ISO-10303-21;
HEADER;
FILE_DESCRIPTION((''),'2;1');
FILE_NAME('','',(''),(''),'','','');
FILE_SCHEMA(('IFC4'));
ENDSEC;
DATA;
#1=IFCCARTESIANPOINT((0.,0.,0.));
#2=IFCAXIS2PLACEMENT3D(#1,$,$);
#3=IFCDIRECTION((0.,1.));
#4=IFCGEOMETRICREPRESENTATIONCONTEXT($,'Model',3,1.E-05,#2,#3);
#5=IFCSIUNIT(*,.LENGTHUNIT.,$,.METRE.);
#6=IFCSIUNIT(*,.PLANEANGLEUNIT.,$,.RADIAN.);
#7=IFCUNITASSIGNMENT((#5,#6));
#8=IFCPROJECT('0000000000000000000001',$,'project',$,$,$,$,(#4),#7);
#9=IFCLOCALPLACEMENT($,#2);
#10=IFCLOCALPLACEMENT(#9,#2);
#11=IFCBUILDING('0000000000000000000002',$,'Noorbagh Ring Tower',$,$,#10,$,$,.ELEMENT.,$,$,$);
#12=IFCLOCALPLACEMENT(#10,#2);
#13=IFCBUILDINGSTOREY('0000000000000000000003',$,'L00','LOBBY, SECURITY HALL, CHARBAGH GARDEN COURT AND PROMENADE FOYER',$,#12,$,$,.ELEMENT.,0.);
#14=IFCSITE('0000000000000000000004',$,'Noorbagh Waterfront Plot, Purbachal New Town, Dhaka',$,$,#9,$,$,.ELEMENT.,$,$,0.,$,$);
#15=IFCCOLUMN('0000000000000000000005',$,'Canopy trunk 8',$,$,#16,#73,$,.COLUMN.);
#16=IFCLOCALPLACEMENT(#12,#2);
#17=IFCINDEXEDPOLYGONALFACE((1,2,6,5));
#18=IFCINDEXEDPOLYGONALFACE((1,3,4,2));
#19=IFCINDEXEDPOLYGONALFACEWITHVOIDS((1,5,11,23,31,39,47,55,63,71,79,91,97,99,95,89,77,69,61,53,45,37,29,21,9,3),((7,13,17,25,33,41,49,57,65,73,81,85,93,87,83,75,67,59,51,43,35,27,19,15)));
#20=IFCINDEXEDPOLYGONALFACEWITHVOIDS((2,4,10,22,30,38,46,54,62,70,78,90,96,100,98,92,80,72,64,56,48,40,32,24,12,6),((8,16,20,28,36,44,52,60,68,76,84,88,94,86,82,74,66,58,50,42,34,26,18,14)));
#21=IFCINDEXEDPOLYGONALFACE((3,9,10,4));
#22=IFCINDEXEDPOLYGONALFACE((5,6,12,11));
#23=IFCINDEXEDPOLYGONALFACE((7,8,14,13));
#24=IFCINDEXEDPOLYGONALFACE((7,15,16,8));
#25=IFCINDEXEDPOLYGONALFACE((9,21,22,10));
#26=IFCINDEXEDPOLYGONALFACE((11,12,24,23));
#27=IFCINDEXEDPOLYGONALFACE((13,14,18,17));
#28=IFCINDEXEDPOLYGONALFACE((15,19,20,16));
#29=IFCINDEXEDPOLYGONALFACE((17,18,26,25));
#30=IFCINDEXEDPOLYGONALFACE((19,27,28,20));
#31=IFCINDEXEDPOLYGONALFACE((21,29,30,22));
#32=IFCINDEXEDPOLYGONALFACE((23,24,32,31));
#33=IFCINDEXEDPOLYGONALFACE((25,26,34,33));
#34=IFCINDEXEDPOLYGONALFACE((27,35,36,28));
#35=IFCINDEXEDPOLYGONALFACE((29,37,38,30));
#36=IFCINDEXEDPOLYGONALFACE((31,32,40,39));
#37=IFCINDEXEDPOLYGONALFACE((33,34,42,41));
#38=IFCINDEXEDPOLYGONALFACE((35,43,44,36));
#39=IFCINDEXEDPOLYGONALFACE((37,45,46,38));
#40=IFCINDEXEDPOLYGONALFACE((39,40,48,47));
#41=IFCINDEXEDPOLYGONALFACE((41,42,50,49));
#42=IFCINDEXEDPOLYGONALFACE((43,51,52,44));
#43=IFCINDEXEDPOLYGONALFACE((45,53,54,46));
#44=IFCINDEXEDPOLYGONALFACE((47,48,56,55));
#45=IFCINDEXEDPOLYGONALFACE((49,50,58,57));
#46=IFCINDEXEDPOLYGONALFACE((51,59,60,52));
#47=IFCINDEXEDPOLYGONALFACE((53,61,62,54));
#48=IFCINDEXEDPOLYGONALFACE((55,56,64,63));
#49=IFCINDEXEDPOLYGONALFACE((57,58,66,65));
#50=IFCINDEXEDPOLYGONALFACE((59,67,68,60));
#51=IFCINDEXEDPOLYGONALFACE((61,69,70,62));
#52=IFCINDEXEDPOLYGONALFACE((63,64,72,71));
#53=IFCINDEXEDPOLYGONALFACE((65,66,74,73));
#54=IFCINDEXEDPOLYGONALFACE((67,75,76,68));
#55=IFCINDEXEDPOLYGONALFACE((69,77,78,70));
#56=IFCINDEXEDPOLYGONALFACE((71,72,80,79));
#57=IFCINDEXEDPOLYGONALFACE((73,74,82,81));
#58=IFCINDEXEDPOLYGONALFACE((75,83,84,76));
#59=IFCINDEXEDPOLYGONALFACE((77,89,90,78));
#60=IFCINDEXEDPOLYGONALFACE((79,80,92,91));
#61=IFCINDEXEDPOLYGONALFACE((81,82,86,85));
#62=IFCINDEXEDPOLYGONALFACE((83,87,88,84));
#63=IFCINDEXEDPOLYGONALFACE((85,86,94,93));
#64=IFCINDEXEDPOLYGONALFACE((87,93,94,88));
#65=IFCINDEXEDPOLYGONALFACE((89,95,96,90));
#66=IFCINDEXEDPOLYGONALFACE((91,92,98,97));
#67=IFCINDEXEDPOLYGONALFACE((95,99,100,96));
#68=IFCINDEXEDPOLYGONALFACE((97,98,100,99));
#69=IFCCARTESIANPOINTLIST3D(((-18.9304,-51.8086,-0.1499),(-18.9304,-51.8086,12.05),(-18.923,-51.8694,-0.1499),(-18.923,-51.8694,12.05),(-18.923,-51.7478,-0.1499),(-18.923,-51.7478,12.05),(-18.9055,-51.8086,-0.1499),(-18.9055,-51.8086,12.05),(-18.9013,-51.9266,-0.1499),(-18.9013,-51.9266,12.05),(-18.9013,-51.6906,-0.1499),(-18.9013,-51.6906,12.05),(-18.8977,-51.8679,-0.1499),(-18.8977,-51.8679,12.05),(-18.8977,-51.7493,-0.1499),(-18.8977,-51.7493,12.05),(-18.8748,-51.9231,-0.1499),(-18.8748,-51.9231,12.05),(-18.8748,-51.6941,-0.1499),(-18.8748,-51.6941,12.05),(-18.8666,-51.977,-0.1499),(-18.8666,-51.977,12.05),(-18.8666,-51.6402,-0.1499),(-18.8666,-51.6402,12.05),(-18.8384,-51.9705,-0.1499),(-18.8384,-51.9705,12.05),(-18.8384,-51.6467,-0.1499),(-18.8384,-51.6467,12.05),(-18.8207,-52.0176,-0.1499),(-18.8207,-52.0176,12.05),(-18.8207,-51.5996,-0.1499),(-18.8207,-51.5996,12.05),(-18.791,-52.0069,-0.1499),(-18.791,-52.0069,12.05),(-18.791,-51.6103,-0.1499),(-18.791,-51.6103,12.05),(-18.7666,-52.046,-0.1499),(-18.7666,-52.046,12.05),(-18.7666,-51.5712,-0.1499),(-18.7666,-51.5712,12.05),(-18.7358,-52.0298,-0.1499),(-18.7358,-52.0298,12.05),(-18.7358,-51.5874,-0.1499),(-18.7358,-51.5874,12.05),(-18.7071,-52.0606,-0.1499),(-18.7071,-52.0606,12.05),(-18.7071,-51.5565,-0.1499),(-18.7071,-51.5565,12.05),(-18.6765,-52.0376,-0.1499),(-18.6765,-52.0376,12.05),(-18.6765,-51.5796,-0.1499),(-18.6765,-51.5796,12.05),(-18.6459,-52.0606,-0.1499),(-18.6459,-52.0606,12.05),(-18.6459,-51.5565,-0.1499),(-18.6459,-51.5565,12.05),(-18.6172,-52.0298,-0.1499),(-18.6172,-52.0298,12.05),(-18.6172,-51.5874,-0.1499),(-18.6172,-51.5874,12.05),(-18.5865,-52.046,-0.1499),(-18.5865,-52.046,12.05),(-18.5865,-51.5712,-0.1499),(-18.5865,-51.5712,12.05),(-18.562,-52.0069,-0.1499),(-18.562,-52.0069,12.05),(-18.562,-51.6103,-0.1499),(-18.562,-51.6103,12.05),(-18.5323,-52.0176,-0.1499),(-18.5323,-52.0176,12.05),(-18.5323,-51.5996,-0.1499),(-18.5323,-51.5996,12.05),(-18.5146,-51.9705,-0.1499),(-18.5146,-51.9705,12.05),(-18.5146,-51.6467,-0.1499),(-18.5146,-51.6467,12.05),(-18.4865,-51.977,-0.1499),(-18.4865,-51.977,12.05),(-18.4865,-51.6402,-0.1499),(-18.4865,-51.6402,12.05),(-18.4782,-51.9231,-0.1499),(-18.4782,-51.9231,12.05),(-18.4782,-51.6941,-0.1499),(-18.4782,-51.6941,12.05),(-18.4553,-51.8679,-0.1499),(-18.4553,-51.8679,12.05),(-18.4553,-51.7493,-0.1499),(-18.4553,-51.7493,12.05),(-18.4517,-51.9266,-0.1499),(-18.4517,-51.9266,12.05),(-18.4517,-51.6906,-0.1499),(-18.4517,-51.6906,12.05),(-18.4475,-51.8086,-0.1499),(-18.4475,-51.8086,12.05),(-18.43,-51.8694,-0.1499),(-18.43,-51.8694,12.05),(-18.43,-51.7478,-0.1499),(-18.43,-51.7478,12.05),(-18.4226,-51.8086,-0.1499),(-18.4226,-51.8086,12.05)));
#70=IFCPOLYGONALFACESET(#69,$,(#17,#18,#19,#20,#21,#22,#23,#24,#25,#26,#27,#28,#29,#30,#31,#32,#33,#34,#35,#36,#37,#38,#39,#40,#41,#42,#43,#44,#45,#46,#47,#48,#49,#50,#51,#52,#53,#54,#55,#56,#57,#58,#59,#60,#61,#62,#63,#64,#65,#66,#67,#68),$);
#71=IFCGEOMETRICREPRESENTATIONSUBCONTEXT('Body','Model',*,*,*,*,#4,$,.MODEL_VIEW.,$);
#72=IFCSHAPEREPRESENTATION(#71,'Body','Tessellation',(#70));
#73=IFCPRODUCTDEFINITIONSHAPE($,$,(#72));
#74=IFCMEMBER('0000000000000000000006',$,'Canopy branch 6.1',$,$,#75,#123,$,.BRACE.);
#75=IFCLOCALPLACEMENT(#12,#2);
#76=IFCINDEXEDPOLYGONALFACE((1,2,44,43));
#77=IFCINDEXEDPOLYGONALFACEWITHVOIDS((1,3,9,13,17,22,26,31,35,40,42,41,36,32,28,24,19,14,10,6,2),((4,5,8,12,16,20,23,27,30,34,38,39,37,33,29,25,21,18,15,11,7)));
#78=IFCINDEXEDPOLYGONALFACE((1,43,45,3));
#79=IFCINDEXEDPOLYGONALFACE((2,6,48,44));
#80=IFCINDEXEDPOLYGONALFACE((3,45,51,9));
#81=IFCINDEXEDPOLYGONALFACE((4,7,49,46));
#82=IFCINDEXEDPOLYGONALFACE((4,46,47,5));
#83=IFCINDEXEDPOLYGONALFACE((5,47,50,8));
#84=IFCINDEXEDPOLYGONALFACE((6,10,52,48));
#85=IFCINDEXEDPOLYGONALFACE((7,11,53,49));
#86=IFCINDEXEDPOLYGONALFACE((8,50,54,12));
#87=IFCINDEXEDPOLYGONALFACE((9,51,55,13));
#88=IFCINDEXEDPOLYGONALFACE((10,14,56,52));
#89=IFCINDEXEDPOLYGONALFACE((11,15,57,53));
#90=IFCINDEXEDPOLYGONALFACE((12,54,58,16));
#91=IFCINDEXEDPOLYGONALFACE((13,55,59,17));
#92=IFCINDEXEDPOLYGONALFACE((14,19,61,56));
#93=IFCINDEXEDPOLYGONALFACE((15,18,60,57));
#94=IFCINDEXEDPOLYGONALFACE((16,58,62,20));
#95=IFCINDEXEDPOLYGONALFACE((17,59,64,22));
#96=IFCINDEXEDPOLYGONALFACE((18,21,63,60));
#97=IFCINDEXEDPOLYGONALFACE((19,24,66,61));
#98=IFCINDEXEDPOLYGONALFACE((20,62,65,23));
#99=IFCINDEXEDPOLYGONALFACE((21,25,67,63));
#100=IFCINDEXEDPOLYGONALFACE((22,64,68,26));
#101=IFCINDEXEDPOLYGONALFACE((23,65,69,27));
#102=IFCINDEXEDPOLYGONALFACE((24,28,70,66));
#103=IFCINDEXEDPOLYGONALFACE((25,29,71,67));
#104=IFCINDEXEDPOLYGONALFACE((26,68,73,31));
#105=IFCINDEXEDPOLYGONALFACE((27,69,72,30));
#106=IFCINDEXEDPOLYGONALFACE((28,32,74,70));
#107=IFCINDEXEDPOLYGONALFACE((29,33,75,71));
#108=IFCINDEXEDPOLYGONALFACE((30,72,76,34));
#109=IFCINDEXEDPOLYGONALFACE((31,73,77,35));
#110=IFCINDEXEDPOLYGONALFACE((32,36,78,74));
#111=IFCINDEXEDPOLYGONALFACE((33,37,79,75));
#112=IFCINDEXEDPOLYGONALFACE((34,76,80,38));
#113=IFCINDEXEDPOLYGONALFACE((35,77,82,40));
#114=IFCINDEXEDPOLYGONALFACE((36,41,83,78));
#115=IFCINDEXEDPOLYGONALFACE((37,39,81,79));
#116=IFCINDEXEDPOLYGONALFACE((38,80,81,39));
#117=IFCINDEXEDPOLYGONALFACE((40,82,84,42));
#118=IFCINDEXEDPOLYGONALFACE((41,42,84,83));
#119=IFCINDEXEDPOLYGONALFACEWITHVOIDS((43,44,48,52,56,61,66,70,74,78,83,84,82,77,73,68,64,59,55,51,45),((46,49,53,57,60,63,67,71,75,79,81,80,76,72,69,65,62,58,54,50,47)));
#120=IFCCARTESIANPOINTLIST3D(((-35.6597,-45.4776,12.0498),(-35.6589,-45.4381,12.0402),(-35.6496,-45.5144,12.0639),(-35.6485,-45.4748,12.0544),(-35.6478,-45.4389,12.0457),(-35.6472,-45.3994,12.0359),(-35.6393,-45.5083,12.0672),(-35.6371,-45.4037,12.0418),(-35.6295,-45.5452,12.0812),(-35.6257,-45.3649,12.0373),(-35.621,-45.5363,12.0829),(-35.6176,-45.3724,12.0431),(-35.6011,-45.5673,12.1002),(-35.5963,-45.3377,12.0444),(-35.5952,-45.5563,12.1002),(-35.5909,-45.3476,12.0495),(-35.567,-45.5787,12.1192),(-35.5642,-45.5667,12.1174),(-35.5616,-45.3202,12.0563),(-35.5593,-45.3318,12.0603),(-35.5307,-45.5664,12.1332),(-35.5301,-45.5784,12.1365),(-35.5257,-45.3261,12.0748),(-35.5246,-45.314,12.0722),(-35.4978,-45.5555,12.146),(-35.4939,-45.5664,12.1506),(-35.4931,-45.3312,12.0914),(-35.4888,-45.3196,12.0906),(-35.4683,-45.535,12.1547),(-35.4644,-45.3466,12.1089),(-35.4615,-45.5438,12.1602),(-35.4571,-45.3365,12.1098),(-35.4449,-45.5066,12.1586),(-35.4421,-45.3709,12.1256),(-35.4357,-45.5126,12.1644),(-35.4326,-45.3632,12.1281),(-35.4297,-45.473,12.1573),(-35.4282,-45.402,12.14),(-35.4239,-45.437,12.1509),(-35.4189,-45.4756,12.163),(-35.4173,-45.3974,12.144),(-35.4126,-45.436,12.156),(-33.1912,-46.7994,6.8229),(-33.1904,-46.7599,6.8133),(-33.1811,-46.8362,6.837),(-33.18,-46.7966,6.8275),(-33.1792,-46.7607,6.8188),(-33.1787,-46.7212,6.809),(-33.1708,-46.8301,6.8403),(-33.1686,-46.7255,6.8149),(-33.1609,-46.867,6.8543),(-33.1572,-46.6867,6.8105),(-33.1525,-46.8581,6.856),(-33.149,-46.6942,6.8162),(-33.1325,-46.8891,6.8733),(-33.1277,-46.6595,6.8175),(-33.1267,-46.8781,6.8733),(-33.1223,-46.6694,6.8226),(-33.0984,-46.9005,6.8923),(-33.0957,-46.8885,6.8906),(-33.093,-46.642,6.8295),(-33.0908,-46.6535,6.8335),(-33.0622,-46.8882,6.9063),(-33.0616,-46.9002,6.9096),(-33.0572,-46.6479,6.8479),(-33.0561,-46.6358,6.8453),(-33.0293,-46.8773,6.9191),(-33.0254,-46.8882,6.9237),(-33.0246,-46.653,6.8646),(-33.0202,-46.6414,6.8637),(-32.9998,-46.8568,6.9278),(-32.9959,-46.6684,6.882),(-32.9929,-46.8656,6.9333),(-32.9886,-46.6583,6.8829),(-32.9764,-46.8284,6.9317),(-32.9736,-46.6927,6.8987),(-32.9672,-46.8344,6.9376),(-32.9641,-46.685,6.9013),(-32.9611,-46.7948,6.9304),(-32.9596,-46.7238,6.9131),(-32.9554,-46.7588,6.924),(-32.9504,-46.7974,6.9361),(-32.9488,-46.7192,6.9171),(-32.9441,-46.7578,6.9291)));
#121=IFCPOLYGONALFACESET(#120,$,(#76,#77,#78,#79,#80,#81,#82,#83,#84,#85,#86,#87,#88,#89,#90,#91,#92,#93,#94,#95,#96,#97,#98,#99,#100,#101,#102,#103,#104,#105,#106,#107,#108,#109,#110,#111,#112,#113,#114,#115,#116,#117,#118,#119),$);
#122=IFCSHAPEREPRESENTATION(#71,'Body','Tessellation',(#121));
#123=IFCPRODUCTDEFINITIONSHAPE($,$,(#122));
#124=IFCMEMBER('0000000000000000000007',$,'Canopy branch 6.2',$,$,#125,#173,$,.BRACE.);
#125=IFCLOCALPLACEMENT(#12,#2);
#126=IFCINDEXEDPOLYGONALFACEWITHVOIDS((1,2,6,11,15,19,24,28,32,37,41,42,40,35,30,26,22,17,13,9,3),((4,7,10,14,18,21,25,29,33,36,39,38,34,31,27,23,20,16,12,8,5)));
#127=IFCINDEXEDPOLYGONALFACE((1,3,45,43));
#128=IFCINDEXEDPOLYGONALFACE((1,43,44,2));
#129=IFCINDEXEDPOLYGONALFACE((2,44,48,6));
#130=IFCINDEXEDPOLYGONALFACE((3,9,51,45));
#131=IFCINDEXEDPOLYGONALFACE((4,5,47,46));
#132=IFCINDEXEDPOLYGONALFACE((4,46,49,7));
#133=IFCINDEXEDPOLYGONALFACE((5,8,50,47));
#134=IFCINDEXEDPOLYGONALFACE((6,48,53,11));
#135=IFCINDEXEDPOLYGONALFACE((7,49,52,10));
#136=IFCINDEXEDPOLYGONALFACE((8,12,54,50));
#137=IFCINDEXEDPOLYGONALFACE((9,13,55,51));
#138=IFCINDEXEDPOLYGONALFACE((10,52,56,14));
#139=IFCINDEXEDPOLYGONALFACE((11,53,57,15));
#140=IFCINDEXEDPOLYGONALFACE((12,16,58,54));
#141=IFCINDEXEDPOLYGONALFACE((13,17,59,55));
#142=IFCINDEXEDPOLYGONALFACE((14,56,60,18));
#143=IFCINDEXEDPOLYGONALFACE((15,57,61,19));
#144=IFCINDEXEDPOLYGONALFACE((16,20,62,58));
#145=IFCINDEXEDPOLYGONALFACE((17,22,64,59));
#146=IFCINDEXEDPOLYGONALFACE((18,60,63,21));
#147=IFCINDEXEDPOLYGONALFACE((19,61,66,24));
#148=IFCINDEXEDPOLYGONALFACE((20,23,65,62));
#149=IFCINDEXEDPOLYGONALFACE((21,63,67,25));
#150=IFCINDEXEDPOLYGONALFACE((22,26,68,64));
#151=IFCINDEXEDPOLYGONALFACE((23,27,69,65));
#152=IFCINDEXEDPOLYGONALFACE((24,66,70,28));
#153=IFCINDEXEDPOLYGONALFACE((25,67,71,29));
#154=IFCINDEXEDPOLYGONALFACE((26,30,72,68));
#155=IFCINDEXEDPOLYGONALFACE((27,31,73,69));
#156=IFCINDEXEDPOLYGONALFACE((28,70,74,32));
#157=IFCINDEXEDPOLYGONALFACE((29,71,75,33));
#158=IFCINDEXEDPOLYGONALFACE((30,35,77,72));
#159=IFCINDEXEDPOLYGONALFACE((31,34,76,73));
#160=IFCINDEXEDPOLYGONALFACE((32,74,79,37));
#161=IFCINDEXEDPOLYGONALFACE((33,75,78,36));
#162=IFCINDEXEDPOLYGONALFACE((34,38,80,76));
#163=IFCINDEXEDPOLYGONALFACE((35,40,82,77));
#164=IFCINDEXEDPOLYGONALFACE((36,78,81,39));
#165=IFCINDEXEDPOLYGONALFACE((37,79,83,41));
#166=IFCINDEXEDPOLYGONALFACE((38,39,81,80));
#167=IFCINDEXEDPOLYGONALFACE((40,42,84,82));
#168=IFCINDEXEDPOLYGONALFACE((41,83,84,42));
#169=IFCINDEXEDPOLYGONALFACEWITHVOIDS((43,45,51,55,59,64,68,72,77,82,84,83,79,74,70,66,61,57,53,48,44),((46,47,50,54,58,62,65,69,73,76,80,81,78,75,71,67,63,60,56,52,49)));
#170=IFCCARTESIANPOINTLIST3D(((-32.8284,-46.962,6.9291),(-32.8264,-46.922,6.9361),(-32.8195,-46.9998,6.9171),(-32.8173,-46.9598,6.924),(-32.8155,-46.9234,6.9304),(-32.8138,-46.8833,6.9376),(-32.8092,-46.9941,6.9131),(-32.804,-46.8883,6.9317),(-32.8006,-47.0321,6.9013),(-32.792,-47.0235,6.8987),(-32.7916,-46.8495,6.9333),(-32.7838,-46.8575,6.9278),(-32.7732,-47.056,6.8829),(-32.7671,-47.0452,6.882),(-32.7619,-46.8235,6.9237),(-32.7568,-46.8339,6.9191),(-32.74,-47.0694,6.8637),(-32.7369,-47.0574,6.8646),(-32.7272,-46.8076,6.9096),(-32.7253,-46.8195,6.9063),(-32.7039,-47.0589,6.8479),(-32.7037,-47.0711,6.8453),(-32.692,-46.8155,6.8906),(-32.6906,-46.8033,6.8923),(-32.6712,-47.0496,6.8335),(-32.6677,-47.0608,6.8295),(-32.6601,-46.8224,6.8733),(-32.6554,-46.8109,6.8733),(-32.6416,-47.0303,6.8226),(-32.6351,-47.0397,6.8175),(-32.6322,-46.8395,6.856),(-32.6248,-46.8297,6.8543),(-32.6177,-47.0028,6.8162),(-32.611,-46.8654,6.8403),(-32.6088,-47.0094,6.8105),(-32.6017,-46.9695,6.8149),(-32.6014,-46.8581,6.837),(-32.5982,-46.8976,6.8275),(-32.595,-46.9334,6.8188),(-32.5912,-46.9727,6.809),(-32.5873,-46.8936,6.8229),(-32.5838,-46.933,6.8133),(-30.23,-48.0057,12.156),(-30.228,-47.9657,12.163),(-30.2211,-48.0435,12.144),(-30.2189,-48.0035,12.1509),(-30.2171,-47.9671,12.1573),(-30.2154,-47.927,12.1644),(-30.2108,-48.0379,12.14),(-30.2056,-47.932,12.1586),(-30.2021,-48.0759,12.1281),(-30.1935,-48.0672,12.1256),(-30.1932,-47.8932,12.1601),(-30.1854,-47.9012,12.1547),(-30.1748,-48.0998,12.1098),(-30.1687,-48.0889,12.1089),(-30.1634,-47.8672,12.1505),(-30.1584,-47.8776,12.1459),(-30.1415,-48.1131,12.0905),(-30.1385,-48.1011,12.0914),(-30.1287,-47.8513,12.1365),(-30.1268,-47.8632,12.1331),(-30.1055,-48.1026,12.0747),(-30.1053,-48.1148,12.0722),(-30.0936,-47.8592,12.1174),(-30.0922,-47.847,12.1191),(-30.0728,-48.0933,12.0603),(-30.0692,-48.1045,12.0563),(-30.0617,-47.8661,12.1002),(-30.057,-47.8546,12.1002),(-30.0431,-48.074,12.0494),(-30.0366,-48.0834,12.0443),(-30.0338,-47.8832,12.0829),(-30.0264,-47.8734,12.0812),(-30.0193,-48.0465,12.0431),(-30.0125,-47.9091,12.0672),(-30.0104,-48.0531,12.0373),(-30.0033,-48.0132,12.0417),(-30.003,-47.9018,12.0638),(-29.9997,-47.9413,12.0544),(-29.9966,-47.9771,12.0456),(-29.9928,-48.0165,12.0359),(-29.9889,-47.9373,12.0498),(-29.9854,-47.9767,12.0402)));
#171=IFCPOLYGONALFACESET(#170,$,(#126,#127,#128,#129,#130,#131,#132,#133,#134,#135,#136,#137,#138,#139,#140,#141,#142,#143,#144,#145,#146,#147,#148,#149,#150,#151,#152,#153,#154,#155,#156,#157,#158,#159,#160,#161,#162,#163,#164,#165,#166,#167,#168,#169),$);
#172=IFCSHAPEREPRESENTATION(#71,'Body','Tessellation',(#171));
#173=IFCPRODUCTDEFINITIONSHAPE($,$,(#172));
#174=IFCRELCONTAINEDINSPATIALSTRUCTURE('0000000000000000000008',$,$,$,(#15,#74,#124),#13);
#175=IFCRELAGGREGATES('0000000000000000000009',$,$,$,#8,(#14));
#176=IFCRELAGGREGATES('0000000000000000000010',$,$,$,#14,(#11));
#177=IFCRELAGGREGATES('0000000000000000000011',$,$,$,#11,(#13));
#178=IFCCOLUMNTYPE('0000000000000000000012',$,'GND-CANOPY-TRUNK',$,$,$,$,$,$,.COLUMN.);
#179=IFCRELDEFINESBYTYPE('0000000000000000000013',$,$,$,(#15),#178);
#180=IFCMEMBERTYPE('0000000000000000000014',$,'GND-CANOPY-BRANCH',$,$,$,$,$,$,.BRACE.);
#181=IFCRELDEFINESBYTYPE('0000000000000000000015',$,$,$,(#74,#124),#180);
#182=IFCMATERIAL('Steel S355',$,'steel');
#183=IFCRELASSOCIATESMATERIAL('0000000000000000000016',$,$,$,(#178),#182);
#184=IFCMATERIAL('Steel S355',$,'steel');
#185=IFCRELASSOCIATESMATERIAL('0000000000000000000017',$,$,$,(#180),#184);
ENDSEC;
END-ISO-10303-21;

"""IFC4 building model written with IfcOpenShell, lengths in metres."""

from ifc_helpers import new_model, si_unit, direction, frame, origin, origin_2d, place, context, subcontext, project, spatial, hollow_circle, extrude, material, material_profile, profile_set, type_object, element, save


model = new_model("IFC4")

# Units and contexts
model_context = context("Model", 3, precision=1e-05, world=origin(), true_north=direction((0.0, 1.0)))
body_context = subcontext(model_context, "Body", "Model", "MODEL_VIEW")
ifc_project = project(units=[si_unit("LENGTHUNIT", "METRE"), si_unit("PLANEANGLEUNIT", "RADIAN")], contexts=[model_context])

# Site, building, storey
site_placement = place(None, origin())
site = spatial("IfcSite", under=ifc_project, at=site_placement, Name="Noorbagh Waterfront Plot, Purbachal New Town, Dhaka", CompositionType="ELEMENT", RefElevation=0.0)
building_placement = place(site_placement, origin())
building = spatial("IfcBuilding", under=site, at=building_placement, Name="Noorbagh Ring Tower", CompositionType="ELEMENT")
storey_placement = place(building_placement, origin())
storey = spatial("IfcBuildingStorey", under=building, at=storey_placement, Name="L00", Description="LOBBY, SECURITY HALL, CHARBAGH GARDEN COURT AND PROMENADE FOYER", CompositionType="ELEMENT", Elevation=0.0)

# Column
ifc_material_1 = material(Name="Steel S355", Category="steel")
ifc_material_profile_1 = material_profile(ifc_material_1, hollow_circle(Radius=0.2539, WallThickness=0.0249, at=origin_2d()), Name="CHS508x25")
ifc_profile_set_1 = profile_set([ifc_material_profile_1], Name="Steel S355")
column_type = type_object("IfcColumnType", Name="GND-CANOPY-TRUNK", PredefinedType="COLUMN", material=ifc_profile_set_1)
for number, where, z_axis, x_axis, name in (
    (1, (-18.6765, -51.8086, -0.1499), (0.0, 0.0, 1.0), (1.0, 0.0, 0.0), "Canopy trunk 8"),
):
    element("IfcColumn", number, at=place(storey_placement, frame(where, z_axis=z_axis, x_axis=x_axis)), inside=storey, type_object=column_type, Name=name, PredefinedType="COLUMN", context=body_context, shape_type="SweptSolid", body=[
        extrude(hollow_circle(Radius=0.2539, WallThickness=0.0249, at=origin_2d()), origin(), (0.0, 0.0, 1.0), 12.2),
    ])

# Members
ifc_material_2 = material(Name="Steel S355", Category="steel")
ifc_material_profile_2 = material_profile(ifc_material_2, hollow_circle(Radius=0.1365, WallThickness=0.0125, at=origin_2d()), Name="CHS273x12.5")
ifc_profile_set_2 = profile_set([ifc_material_profile_2], Name="Steel S355")
member_type = type_object("IfcMemberType", Name="GND-CANOPY-BRANCH", PredefinedType="BRACE", material=ifc_profile_set_2)
for number, where, z_axis, x_axis, name in (
    (2, (-33.0681, -46.7688, 6.8733), (-0.416302, 0.222912, 0.881478), (-0.472045, -0.881575, 0.0), "Canopy branch 6.1"),
    (3, (-32.7063, -46.9375, 6.8733), (0.438205, -0.176015, 0.881474), (0.372728, 0.927941, 0.0), "Canopy branch 6.2"),
):
    element("IfcMember", number, at=place(storey_placement, frame(where, z_axis=z_axis, x_axis=x_axis)), inside=storey, type_object=member_type, Name=name, PredefinedType="BRACE", context=body_context, shape_type="SweptSolid", body=[
        extrude(hollow_circle(Radius=0.1365, WallThickness=0.0125, at=origin_2d()), origin(), (0.0, 0.0, 1.0), 5.9297),
    ])

save(model, "model.ifc")
